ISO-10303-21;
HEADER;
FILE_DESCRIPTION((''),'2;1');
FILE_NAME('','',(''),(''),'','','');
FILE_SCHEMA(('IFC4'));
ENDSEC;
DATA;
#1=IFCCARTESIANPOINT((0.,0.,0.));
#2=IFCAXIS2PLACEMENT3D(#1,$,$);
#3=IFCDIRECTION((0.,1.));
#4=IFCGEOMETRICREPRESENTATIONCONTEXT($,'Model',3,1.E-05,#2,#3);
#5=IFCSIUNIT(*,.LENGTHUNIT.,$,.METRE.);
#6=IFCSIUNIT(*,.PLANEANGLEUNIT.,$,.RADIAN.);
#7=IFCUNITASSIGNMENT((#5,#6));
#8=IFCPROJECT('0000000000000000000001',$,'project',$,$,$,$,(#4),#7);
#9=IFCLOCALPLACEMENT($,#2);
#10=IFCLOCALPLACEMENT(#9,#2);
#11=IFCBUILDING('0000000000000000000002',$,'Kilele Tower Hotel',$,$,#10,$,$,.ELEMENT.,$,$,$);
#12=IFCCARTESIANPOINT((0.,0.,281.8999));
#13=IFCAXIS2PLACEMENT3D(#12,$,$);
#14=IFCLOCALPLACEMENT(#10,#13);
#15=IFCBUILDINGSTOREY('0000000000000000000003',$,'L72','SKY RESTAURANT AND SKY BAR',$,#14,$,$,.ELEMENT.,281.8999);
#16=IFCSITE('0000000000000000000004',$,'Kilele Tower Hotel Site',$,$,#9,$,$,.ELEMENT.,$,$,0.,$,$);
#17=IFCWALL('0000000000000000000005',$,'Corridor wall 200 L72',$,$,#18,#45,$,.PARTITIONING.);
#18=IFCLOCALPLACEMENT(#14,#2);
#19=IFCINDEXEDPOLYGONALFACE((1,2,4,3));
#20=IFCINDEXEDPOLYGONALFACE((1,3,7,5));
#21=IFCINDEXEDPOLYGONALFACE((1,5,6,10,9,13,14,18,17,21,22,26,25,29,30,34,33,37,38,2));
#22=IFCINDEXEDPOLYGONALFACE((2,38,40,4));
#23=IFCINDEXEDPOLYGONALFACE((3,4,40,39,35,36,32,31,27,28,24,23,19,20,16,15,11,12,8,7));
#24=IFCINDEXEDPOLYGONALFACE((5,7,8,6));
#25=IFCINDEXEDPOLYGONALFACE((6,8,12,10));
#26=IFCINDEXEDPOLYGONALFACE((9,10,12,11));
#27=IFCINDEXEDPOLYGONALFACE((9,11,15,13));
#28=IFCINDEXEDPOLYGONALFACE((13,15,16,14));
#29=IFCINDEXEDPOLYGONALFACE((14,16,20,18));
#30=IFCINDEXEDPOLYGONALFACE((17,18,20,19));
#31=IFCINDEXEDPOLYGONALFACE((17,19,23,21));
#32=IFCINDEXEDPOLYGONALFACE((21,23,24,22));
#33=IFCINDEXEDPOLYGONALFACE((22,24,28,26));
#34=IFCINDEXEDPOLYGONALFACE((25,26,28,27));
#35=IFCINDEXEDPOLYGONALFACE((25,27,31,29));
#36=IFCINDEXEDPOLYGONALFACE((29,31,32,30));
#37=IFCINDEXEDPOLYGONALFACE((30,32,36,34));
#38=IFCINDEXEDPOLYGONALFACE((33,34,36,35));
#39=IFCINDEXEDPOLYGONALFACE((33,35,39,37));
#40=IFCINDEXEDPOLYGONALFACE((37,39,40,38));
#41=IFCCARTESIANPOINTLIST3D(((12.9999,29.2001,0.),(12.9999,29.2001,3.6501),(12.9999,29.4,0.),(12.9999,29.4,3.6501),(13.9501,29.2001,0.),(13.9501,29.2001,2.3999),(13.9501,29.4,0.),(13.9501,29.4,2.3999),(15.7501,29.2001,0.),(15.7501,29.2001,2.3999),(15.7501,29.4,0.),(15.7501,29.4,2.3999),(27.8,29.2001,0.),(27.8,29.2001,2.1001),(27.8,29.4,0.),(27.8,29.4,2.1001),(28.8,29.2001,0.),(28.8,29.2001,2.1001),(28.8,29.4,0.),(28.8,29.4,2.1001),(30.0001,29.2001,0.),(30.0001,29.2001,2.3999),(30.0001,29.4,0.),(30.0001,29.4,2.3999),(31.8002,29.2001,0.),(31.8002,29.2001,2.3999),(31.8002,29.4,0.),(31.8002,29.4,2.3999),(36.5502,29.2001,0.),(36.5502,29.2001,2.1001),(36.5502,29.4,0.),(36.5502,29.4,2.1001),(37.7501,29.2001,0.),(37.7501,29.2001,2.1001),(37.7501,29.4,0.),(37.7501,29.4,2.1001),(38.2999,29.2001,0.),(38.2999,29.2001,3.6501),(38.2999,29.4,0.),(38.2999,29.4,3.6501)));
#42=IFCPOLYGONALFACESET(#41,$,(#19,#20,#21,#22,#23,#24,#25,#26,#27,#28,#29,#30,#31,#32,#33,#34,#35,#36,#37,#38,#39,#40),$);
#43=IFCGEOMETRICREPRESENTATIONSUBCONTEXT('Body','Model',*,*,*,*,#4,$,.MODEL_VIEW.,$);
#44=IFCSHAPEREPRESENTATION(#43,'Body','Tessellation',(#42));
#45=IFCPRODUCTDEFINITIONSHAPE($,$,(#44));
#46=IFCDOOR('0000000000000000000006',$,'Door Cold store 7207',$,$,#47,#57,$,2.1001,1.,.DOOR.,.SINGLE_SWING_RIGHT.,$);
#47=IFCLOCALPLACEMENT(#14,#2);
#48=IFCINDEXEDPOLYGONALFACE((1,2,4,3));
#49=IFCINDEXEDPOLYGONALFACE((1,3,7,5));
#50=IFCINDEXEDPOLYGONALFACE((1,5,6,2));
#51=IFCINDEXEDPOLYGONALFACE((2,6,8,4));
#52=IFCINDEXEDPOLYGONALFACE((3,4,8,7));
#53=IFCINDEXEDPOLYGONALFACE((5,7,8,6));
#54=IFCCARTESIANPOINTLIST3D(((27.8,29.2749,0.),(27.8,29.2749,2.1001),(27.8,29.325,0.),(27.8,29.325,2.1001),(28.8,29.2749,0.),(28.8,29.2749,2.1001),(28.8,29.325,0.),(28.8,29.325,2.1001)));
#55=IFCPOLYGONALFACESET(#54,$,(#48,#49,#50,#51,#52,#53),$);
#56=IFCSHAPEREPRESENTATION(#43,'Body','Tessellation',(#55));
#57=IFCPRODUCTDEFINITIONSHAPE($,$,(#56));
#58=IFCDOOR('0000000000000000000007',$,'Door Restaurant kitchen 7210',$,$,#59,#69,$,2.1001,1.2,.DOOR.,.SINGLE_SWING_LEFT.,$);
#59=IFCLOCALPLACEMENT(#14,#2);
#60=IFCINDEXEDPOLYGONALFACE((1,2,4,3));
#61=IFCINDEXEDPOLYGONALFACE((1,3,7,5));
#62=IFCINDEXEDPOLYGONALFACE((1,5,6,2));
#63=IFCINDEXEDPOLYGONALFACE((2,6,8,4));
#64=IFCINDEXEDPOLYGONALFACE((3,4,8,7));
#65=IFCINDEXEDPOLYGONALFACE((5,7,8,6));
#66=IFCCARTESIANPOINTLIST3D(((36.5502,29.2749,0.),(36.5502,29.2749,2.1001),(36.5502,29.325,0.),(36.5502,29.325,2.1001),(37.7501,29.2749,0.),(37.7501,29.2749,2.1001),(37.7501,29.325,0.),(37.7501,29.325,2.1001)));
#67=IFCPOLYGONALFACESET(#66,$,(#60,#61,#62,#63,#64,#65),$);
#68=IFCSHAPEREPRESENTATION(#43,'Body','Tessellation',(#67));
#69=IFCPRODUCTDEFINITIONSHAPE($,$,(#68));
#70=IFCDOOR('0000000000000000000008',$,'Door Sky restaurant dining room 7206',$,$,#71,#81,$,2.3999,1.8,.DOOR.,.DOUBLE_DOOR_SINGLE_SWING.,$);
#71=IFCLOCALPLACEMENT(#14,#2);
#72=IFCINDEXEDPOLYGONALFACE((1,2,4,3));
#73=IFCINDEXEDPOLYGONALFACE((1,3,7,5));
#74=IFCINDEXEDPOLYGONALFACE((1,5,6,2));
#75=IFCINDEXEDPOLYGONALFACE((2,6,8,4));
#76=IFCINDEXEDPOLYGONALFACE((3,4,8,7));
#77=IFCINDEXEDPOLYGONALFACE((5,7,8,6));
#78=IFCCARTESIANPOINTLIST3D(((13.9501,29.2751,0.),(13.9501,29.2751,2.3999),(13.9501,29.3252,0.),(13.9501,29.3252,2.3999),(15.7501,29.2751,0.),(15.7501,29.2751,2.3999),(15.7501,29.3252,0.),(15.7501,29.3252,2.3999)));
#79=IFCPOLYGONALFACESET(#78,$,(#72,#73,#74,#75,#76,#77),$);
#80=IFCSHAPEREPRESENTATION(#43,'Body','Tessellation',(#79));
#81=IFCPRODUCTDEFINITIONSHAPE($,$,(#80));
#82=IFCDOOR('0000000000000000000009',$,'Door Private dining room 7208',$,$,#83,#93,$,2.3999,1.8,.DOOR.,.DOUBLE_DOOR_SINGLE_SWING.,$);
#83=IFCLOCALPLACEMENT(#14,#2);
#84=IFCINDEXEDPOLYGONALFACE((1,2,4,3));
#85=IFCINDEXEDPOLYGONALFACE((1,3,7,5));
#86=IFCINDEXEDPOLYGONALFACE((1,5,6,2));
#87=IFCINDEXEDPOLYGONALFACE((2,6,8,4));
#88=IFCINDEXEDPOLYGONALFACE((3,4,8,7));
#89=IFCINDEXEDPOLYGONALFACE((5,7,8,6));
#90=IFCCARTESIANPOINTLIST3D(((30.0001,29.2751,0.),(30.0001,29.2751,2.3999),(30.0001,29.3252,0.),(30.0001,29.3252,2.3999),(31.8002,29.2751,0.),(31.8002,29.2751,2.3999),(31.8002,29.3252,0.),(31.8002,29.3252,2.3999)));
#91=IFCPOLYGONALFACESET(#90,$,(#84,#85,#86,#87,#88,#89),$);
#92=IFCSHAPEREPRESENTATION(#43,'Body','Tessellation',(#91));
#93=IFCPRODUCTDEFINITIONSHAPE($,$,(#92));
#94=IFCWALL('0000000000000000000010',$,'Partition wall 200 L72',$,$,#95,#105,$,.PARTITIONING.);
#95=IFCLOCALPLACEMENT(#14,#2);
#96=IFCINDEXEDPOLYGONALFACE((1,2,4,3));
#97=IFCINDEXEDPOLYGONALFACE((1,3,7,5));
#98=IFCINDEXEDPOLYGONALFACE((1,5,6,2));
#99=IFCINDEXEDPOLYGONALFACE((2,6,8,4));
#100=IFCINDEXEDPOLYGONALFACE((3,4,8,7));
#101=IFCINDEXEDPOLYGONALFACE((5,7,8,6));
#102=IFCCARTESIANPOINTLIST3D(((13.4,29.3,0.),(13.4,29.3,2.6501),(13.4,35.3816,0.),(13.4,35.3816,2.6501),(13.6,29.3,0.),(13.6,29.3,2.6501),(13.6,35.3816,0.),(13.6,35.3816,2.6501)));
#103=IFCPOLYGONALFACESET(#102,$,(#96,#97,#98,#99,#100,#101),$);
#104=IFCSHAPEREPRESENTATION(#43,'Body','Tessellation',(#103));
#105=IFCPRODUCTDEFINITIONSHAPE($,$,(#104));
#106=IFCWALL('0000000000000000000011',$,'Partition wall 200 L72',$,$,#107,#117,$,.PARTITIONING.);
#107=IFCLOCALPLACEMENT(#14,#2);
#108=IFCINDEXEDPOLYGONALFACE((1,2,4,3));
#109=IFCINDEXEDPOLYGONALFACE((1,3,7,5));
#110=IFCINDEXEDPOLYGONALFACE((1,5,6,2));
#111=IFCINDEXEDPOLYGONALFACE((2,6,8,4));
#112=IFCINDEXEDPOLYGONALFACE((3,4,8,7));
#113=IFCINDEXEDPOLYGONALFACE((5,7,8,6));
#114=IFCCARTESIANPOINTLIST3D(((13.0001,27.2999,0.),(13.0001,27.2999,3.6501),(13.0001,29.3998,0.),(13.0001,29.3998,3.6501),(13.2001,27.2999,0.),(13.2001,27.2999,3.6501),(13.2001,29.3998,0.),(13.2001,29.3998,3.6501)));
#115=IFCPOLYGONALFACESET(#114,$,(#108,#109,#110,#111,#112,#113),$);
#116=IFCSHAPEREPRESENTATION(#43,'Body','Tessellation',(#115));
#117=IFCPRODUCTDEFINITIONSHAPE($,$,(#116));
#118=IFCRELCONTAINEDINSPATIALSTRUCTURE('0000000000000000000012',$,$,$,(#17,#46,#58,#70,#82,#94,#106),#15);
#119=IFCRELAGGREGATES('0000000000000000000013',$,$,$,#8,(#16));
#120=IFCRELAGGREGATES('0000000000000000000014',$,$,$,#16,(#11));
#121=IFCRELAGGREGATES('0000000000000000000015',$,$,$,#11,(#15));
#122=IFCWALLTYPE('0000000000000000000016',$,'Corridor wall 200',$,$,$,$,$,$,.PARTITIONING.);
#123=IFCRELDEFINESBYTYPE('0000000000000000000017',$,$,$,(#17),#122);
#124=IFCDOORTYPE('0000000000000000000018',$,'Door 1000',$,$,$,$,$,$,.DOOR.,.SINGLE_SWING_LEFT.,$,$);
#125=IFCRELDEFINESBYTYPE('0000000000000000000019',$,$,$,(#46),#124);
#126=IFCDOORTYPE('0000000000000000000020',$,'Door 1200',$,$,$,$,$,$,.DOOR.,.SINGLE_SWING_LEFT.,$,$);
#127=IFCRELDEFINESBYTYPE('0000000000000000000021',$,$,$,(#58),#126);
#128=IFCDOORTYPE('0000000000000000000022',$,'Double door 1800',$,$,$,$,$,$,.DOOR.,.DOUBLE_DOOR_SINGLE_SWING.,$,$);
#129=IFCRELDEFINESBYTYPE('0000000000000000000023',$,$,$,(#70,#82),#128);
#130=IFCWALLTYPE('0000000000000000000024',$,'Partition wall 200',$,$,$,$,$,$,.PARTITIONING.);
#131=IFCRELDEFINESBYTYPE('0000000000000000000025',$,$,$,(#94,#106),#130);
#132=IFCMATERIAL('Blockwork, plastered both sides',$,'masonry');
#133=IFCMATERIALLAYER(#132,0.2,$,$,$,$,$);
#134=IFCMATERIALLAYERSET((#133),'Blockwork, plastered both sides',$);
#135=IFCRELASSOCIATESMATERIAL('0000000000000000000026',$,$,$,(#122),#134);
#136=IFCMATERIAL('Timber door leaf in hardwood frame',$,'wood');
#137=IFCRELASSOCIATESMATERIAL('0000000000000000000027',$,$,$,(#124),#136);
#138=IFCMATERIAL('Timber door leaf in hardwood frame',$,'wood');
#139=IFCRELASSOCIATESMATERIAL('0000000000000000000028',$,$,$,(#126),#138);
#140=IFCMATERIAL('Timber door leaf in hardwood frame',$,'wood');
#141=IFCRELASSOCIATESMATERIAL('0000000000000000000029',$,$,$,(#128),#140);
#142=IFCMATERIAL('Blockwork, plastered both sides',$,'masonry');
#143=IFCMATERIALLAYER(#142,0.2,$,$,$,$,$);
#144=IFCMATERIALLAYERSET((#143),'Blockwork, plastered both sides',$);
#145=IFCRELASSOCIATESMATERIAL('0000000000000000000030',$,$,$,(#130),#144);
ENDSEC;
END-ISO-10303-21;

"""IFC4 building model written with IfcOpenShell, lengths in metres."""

from ifc_helpers import new_model, si_unit, direction, frame, frame_2d, origin, place, context, subcontext, project, spatial, rectangle, extrude, material, layer, layer_set, type_object, element, fill, save


model = new_model("IFC4")

# Units and contexts
model_context = context("Model", 3, precision=1e-05, world=origin(), true_north=direction((0.0, 1.0)))
body_context = subcontext(model_context, "Body", "Model", "MODEL_VIEW")
ifc_project = project(units=[si_unit("LENGTHUNIT", "METRE"), si_unit("PLANEANGLEUNIT", "RADIAN")], contexts=[model_context])

# Site, building, storey
site_placement = place(None, origin())
site = spatial("IfcSite", under=ifc_project, at=site_placement, Name="Kilele Tower Hotel Site", CompositionType="ELEMENT", RefElevation=0.0)
building_placement = place(site_placement, origin())
building = spatial("IfcBuilding", under=site, at=building_placement, Name="Kilele Tower Hotel", CompositionType="ELEMENT")
storey_placement = place(building_placement, frame((0.0, 0.0, 281.8999)))
storey = spatial("IfcBuildingStorey", under=building, at=storey_placement, Name="L72", Description="SKY RESTAURANT AND SKY BAR", CompositionType="ELEMENT", Elevation=281.8999)

# Wall, openings, doors
ifc_material_1 = material(Name="Blockwork, plastered both sides", Category="masonry")
ifc_layer_1 = layer(ifc_material_1, 0.2)
ifc_layer_set_1 = layer_set([ifc_layer_1], Name="Blockwork, plastered both sides")
wall_type_1 = type_object("IfcWallType", Name="Corridor wall 200", PredefinedType="PARTITIONING", material=ifc_layer_set_1)
wall_1_placement = place(storey_placement, frame((13.0, 29.3, 0.0), z_axis=(0.0, 0.0, 1.0), x_axis=(1.0, 0.0, 0.0)))
wall_1 = element("IfcWall", 1, at=wall_1_placement, inside=storey, type_object=wall_type_1, Name="Corridor wall 200 L72", PredefinedType="PARTITIONING", context=body_context, shape_type="SweptSolid", body=[
    extrude(rectangle(XDim=25.3, YDim=0.2, at=frame_2d((12.6499, 0.0))), origin(), (0.0, 0.0, 1.0), 3.6501),
])
opening_1_placement = place(wall_1_placement, frame((2.75, 0.0, 0.0), z_axis=(0.0, 0.0, 1.0), x_axis=(-1.0, 0.0, 0.0)))
opening_1 = element("IfcOpeningElement", 2, at=opening_1_placement, cuts=wall_1, PredefinedType="OPENING", context=body_context, shape_type="SweptSolid", body=[
    extrude(rectangle(XDim=1.8, YDim=2.3999, at=frame_2d((0.8999, 1.2))), frame((0.0, 0.1099, 0.0), z_axis=(0.0, -1.0, 0.0), x_axis=(1.0, 0.0, 0.0)), (0.0, 0.0, 1.0), 0.22),
])
opening_2_placement = place(wall_1_placement, frame((14.8, 0.0, 0.0)))
opening_2 = element("IfcOpeningElement", 3, at=opening_2_placement, cuts=wall_1, PredefinedType="OPENING", context=body_context, shape_type="SweptSolid", body=[
    extrude(rectangle(XDim=1.0, YDim=2.1001, at=frame_2d((0.5, 1.05))), frame((0.0, 0.1099, 0.0), z_axis=(0.0, -1.0, 0.0), x_axis=(1.0, 0.0, 0.0)), (0.0, 0.0, 1.0), 0.22),
])
opening_3_placement = place(wall_1_placement, frame((18.8, 0.0, 0.0), z_axis=(0.0, 0.0, 1.0), x_axis=(-1.0, 0.0, 0.0)))
opening_3 = element("IfcOpeningElement", 4, at=opening_3_placement, cuts=wall_1, PredefinedType="OPENING", context=body_context, shape_type="SweptSolid", body=[
    extrude(rectangle(XDim=1.8, YDim=2.3999, at=frame_2d((0.8999, 1.2))), frame((0.0, 0.1099, 0.0), z_axis=(0.0, -1.0, 0.0), x_axis=(1.0, 0.0, 0.0)), (0.0, 0.0, 1.0), 0.22),
])
opening_4_placement = place(wall_1_placement, frame((23.55, 0.0, 0.0)))
opening_4 = element("IfcOpeningElement", 5, at=opening_4_placement, cuts=wall_1, PredefinedType="OPENING", context=body_context, shape_type="SweptSolid", body=[
    extrude(rectangle(XDim=1.2, YDim=2.1001, at=frame_2d((0.6001, 1.05))), frame((0.0, 0.1099, 0.0), z_axis=(0.0, -1.0, 0.0), x_axis=(1.0, 0.0, 0.0)), (0.0, 0.0, 1.0), 0.22),
])
ifc_material_2 = material(Name="Timber door leaf in hardwood frame", Category="wood")
door_type_1 = type_object("IfcDoorType", Name="Door 1000", OperationType="SINGLE_SWING_LEFT", PredefinedType="DOOR", material=ifc_material_2)
door_1_placement = place(opening_2_placement, origin())
door_1 = element("IfcDoor", 6, at=door_1_placement, inside=storey, type_object=door_type_1, Name="Door Cold store 7207", OperationType="SINGLE_SWING_RIGHT", OverallHeight=2.1001, OverallWidth=1.0, PredefinedType="DOOR", context=body_context, shape_type="SweptSolid", body=[
    extrude(rectangle(XDim=1.0, YDim=2.1001, at=frame_2d((0.5, 1.05))), frame((0.0, 0.0249, 0.0), z_axis=(0.0, -1.0, 0.0), x_axis=(1.0, 0.0, 0.0)), (0.0, 0.0, 1.0), 0.05),
])
fill(opening_2, door_1)
ifc_material_3 = material(Name="Timber door leaf in hardwood frame", Category="wood")
door_type_2 = type_object("IfcDoorType", Name="Door 1200", OperationType="SINGLE_SWING_LEFT", PredefinedType="DOOR", material=ifc_material_3)
door_2_placement = place(opening_4_placement, origin())
door_2 = element("IfcDoor", 7, at=door_2_placement, inside=storey, type_object=door_type_2, Name="Door Restaurant kitchen 7210", OperationType="SINGLE_SWING_LEFT", OverallHeight=2.1001, OverallWidth=1.2, PredefinedType="DOOR", context=body_context, shape_type="SweptSolid", body=[
    extrude(rectangle(XDim=1.2, YDim=2.1001, at=frame_2d((0.6001, 1.05))), frame((0.0, 0.0249, 0.0), z_axis=(0.0, -1.0, 0.0), x_axis=(1.0, 0.0, 0.0)), (0.0, 0.0, 1.0), 0.05),
])
fill(opening_4, door_2)
ifc_material_4 = material(Name="Timber door leaf in hardwood frame", Category="wood")
door_type_3 = type_object("IfcDoorType", Name="Double door 1800", OperationType="DOUBLE_DOOR_SINGLE_SWING", PredefinedType="DOOR", material=ifc_material_4)
door_3_placement = place(opening_1_placement, origin())
door_3 = element("IfcDoor", 8, at=door_3_placement, inside=storey, type_object=door_type_3, Name="Door Sky restaurant dining room 7206", OperationType="DOUBLE_DOOR_SINGLE_SWING", OverallHeight=2.3999, OverallWidth=1.8, PredefinedType="DOOR", context=body_context, shape_type="SweptSolid", body=[
    extrude(rectangle(XDim=1.8, YDim=2.3999, at=frame_2d((0.8999, 1.2))), frame((0.0, 0.0249, 0.0), z_axis=(0.0, -1.0, 0.0), x_axis=(1.0, 0.0, 0.0)), (0.0, 0.0, 1.0), 0.05),
])
fill(opening_1, door_3)
door_4_placement = place(opening_3_placement, origin())
door_4 = element("IfcDoor", 9, at=door_4_placement, inside=storey, type_object=door_type_3, Name="Door Private dining room 7208", OperationType="DOUBLE_DOOR_SINGLE_SWING", OverallHeight=2.3999, OverallWidth=1.8, PredefinedType="DOOR", context=body_context, shape_type="SweptSolid", body=[
    extrude(rectangle(XDim=1.8, YDim=2.3999, at=frame_2d((0.8999, 1.2))), frame((0.0, 0.0249, 0.0), z_axis=(0.0, -1.0, 0.0), x_axis=(1.0, 0.0, 0.0)), (0.0, 0.0, 1.0), 0.05),
])
fill(opening_3, door_4)

# Walls
ifc_material_5 = material(Name="Blockwork, plastered both sides", Category="masonry")
ifc_layer_2 = layer(ifc_material_5, 0.2)
ifc_layer_set_2 = layer_set([ifc_layer_2], Name="Blockwork, plastered both sides")
wall_type_2 = type_object("IfcWallType", Name="Partition wall 200", PredefinedType="PARTITIONING", material=ifc_layer_set_2)
wall_2_placement = place(storey_placement, frame((13.5, 29.3, 0.0), z_axis=(0.0, 0.0, 1.0), x_axis=(0.0, 1.0, 0.0)))
element("IfcWall", 10, at=wall_2_placement, inside=storey, type_object=wall_type_2, Name="Partition wall 200 L72", PredefinedType="PARTITIONING", context=body_context, shape_type="SweptSolid", body=[
    extrude(rectangle(XDim=6.0815, YDim=0.2, at=frame_2d((3.0408, 0.0))), origin(), (0.0, 0.0, 1.0), 2.6501),
])
wall_3_placement = place(storey_placement, frame((13.1001, 27.3, 0.0), z_axis=(0.0, 0.0, 1.0), x_axis=(0.0, 1.0, 0.0)))
element("IfcWall", 11, at=wall_3_placement, inside=storey, type_object=wall_type_2, Name="Partition wall 200 L72", PredefinedType="PARTITIONING", context=body_context, shape_type="SweptSolid", body=[
    extrude(rectangle(XDim=2.0999, YDim=0.2, at=frame_2d((1.0498, 0.0))), origin(), (0.0, 0.0, 1.0), 3.6501),
])

save(model, "model.ifc")
